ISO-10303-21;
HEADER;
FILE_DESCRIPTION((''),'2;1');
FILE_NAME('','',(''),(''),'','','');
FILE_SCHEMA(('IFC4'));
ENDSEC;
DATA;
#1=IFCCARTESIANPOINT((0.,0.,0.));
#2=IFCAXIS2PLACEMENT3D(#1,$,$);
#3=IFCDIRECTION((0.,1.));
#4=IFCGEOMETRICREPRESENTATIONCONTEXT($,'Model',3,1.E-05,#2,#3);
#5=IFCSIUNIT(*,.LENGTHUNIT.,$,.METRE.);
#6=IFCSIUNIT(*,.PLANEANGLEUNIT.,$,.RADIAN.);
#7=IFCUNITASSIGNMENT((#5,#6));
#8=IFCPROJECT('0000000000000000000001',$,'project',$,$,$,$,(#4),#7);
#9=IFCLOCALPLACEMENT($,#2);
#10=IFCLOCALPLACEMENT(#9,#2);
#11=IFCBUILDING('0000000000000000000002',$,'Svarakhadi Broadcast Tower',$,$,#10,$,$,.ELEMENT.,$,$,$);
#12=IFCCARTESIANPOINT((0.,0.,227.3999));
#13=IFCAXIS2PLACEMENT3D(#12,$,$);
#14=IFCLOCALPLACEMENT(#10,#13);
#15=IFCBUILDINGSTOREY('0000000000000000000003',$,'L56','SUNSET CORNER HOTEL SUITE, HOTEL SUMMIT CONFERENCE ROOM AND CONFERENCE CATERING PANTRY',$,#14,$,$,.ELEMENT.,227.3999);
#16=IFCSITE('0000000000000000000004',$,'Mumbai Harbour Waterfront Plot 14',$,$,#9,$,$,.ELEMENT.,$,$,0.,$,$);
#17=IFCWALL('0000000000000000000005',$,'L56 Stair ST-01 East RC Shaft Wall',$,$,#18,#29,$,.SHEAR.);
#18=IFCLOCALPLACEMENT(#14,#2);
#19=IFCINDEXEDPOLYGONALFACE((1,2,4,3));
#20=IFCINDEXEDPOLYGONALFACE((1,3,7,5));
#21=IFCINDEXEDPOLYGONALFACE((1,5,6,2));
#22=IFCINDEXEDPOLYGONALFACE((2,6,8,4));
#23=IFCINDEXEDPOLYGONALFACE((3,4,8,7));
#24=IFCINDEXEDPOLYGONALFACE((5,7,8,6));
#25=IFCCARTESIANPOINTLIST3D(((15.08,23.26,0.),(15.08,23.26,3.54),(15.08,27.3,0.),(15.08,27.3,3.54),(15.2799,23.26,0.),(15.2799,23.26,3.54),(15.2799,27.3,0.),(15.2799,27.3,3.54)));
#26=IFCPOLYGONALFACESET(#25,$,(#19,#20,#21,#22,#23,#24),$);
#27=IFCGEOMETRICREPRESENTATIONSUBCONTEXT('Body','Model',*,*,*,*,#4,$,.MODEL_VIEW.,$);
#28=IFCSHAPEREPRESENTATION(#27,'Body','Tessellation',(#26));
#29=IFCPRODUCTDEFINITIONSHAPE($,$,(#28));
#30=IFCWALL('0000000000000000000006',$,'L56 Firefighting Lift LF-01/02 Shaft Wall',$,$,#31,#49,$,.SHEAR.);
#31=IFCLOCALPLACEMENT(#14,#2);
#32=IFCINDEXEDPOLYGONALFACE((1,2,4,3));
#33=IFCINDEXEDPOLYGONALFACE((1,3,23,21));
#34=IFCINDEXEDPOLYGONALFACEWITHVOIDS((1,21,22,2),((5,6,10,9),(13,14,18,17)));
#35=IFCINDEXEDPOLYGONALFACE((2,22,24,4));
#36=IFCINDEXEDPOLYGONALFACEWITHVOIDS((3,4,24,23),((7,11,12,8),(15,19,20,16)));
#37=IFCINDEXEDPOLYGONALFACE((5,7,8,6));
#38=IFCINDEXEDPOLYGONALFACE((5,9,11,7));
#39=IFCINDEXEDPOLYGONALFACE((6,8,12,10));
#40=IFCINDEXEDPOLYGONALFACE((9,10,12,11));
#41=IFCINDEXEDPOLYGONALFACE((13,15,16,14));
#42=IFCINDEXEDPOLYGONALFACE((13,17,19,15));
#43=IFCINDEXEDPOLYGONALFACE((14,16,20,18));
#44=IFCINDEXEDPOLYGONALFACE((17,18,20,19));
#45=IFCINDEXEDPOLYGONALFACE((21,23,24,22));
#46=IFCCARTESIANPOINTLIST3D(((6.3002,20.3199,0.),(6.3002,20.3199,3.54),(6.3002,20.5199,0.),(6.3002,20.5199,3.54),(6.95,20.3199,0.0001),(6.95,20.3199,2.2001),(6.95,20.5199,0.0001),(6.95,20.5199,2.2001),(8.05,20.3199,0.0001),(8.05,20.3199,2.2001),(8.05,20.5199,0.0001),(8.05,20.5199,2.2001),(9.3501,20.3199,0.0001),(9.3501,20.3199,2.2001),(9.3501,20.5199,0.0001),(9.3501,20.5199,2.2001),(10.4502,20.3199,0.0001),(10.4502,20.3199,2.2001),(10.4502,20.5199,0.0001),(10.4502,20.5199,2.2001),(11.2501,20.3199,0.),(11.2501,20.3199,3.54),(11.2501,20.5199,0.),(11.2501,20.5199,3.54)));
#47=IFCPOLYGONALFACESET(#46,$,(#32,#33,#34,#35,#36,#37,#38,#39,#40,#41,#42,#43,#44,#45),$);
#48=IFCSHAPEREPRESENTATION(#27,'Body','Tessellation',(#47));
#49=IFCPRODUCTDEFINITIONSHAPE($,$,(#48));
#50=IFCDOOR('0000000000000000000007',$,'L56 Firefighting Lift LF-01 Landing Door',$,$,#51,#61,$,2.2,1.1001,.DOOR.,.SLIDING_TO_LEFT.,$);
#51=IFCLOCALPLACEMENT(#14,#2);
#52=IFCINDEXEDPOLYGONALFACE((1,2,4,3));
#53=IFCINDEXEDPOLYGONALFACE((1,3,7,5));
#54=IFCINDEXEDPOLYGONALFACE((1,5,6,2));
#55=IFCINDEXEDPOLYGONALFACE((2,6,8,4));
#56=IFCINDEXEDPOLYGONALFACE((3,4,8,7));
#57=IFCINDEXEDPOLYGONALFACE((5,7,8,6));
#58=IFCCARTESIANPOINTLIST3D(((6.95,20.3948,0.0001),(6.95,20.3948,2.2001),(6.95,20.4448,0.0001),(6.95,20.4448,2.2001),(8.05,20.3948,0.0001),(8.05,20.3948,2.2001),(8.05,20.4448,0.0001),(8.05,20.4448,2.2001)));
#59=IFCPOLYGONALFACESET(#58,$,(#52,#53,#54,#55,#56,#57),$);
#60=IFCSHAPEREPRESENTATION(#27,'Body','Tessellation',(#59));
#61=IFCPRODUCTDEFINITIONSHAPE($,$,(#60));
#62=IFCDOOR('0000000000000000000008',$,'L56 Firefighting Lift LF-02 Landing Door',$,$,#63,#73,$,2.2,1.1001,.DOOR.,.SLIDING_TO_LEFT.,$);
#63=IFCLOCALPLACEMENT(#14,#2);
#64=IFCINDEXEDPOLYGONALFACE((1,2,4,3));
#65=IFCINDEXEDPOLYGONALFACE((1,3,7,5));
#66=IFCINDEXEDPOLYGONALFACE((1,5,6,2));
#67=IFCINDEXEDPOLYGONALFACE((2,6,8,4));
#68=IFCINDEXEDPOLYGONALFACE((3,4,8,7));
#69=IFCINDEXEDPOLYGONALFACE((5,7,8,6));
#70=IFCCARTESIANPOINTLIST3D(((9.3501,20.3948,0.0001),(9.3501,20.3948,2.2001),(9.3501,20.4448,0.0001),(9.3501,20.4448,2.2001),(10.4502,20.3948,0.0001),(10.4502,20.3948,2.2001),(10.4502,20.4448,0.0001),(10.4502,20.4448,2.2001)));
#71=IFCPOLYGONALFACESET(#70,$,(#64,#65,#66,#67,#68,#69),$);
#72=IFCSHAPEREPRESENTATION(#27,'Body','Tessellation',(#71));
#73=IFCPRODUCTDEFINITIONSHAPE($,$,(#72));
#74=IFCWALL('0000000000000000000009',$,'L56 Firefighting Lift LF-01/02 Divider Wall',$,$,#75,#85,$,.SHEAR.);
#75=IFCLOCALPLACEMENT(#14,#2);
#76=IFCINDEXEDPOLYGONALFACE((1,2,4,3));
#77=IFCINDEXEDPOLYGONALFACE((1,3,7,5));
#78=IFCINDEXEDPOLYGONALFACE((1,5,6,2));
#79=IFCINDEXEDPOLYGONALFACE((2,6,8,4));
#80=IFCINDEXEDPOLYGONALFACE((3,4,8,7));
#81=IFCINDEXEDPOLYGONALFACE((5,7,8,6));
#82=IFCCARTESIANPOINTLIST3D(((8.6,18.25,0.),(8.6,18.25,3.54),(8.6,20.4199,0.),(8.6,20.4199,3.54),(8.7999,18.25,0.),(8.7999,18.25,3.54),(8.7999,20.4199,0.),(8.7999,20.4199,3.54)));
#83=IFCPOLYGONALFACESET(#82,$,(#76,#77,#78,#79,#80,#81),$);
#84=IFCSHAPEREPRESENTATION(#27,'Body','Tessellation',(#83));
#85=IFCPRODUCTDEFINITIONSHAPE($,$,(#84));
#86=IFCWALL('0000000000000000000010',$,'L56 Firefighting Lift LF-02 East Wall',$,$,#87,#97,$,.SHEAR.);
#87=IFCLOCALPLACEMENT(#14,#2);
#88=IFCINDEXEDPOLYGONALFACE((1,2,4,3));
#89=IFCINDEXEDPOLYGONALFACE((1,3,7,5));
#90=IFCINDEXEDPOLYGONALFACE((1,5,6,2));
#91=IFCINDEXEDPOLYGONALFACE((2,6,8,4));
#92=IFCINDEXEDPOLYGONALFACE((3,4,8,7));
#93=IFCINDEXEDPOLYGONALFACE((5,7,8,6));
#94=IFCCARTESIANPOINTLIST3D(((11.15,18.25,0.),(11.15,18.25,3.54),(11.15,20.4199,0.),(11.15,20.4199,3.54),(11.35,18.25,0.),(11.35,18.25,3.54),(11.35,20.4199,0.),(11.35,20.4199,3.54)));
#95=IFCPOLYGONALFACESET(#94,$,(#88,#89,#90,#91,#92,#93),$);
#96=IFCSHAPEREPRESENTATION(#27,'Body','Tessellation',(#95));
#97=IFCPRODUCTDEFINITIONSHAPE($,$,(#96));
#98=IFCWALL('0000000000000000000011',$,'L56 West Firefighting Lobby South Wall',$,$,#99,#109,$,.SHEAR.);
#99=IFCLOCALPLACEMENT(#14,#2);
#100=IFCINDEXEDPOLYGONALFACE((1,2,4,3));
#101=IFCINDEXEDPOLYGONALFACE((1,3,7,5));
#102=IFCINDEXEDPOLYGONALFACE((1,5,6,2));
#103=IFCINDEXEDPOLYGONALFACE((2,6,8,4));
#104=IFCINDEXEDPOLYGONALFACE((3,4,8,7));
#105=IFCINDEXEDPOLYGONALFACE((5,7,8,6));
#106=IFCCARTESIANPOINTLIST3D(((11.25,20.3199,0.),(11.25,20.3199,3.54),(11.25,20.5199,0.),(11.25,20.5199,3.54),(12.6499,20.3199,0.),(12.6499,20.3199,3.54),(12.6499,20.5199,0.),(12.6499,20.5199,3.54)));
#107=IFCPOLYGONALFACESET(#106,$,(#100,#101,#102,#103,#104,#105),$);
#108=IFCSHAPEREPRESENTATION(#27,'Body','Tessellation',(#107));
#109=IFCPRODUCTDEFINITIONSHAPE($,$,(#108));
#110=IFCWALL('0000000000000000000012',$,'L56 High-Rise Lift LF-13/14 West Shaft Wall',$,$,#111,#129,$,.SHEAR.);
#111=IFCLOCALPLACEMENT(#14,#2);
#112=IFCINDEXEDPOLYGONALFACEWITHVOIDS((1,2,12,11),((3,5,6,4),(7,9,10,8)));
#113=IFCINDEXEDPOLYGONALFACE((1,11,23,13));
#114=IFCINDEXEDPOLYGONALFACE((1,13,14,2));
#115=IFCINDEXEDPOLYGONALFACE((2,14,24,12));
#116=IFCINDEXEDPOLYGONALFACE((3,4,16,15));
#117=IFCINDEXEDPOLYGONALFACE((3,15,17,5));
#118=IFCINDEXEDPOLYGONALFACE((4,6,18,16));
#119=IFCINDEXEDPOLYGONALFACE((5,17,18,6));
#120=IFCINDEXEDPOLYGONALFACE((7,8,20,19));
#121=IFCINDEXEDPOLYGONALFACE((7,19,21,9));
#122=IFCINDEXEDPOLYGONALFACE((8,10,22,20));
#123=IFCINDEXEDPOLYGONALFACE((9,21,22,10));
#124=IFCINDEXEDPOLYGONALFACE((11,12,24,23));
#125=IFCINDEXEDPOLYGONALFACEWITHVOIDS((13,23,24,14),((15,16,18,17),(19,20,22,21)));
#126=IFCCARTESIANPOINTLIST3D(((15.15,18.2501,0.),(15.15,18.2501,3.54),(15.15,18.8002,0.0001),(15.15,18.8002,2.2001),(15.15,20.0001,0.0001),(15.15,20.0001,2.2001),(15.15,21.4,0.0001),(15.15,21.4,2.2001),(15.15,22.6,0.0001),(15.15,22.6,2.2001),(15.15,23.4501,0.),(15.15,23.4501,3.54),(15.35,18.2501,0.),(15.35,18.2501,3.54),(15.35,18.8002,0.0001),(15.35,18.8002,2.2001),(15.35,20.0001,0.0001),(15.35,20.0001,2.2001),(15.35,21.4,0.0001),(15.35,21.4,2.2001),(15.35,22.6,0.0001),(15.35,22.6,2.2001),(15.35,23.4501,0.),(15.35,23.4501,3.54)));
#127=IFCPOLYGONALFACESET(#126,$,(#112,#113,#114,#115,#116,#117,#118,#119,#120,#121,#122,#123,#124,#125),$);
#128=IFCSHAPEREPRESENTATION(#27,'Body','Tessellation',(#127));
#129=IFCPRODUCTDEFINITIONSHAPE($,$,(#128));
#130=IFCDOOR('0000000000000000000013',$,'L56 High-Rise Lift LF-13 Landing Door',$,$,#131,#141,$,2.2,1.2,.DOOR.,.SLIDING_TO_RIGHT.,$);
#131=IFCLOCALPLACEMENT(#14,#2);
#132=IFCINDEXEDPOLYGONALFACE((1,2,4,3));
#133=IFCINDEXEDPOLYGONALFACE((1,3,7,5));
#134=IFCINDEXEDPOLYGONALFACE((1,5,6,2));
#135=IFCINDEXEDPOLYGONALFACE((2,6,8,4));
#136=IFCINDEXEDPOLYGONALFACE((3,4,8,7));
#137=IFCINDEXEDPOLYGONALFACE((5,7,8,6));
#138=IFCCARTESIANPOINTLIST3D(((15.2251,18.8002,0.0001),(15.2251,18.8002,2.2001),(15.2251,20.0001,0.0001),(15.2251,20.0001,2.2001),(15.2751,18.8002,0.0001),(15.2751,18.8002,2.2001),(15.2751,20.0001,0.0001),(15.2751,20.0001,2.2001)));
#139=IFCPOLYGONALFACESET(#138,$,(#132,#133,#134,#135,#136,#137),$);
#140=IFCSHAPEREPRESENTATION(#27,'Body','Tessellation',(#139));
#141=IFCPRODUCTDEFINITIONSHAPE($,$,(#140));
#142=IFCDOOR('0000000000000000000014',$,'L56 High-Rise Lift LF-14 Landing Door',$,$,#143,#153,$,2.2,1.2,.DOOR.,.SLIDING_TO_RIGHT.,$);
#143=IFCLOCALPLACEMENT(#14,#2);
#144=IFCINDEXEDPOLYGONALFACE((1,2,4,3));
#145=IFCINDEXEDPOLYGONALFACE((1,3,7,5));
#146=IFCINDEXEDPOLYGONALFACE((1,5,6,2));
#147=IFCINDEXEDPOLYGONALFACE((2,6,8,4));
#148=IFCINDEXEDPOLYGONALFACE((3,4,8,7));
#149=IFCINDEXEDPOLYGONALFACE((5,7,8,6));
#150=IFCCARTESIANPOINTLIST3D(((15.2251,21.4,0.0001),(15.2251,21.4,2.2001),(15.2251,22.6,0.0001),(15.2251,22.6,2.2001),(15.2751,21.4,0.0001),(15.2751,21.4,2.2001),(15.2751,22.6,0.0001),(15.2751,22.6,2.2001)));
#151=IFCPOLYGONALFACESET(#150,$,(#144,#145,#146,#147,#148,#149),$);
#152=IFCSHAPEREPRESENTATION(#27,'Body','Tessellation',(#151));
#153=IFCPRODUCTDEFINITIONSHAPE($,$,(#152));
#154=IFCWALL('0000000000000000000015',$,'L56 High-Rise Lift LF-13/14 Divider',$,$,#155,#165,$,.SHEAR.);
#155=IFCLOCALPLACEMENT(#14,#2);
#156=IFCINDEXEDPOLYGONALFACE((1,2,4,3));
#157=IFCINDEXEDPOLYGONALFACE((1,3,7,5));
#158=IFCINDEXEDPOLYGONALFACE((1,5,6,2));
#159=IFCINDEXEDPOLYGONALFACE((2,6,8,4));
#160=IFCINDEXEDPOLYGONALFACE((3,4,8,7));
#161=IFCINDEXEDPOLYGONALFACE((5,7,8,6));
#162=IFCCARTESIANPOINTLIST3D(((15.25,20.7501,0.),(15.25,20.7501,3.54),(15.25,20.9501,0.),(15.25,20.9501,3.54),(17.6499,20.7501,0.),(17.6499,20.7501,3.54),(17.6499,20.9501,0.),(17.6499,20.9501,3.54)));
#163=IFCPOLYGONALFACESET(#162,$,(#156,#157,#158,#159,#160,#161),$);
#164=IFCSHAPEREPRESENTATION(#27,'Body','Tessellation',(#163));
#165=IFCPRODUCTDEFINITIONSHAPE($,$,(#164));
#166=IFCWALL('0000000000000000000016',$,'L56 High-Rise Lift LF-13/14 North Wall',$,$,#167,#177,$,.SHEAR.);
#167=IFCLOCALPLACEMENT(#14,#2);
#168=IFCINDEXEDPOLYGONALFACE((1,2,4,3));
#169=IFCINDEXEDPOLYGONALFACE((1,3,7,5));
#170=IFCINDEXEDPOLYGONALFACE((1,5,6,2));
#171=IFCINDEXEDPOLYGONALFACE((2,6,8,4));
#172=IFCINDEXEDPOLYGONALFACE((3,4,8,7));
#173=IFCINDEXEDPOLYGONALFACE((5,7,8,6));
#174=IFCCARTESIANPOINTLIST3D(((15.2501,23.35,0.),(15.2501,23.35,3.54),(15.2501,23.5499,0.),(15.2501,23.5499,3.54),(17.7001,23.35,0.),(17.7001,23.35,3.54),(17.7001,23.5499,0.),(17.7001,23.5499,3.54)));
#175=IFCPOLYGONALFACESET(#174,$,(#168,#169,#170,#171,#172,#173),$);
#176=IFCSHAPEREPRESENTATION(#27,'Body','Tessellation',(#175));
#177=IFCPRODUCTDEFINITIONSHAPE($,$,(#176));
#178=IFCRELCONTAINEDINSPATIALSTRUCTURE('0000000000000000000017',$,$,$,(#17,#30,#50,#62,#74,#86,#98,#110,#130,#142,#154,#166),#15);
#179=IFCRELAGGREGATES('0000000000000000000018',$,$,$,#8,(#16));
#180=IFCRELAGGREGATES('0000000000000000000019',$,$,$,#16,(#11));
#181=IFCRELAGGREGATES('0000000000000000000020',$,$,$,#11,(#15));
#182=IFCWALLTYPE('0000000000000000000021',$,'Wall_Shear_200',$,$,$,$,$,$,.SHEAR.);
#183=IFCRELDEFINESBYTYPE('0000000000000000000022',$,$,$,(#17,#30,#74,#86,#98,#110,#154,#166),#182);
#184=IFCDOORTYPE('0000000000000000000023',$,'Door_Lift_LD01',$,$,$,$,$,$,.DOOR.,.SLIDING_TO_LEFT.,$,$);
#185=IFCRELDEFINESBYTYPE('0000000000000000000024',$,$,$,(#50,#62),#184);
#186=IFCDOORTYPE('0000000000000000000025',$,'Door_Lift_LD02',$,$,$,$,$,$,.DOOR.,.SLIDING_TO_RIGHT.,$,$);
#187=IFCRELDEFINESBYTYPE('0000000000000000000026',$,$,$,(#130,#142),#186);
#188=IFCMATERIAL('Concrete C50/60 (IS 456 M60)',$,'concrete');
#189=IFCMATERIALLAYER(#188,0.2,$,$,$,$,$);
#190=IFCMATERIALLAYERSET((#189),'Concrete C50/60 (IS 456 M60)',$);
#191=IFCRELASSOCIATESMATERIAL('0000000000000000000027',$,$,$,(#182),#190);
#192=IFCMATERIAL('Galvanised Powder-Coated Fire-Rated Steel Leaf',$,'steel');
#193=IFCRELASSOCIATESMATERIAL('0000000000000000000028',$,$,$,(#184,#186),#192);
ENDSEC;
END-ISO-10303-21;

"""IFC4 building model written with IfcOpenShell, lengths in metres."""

from ifc_helpers import new_model, si_unit, direction, frame, frame_2d, origin, place, context, subcontext, project, spatial, rectangle, extrude, material, layer, layer_set, type_object, element, fill, save


model = new_model("IFC4")

# Units and contexts
model_context = context("Model", 3, precision=1e-05, world=origin(), true_north=direction((0.0, 1.0)))
body_context = subcontext(model_context, "Body", "Model", "MODEL_VIEW")
ifc_project = project(units=[si_unit("LENGTHUNIT", "METRE"), si_unit("PLANEANGLEUNIT", "RADIAN")], contexts=[model_context])

# Site, building, storey
site_placement = place(None, origin())
site = spatial("IfcSite", under=ifc_project, at=site_placement, Name="Mumbai Harbour Waterfront Plot 14", CompositionType="ELEMENT", RefElevation=0.0)
building_placement = place(site_placement, origin())
building = spatial("IfcBuilding", under=site, at=building_placement, Name="Svarakhadi Broadcast Tower", CompositionType="ELEMENT")
storey_placement = place(building_placement, frame((0.0, 0.0, 227.3999)))
storey = spatial("IfcBuildingStorey", under=building, at=storey_placement, Name="L56", Description="SUNSET CORNER HOTEL SUITE, HOTEL SUMMIT CONFERENCE ROOM AND CONFERENCE CATERING PANTRY", CompositionType="ELEMENT", Elevation=227.3999)

# Shared definitions
ifc_material_1 = material(Name="Concrete C50/60 (IS 456 M60)", Category="concrete")

# Shared definitions
ifc_layer_1 = layer(ifc_material_1, 0.2)
ifc_layer_set_1 = layer_set([ifc_layer_1], Name="Concrete C50/60 (IS 456 M60)")
wall_type_1 = type_object("IfcWallType", Name="Wall_Shear_200", PredefinedType="SHEAR", material=ifc_layer_set_1)
ifc_material_2 = material(Name="Galvanised Powder-Coated Fire-Rated Steel Leaf", Category="steel")

# Wall
wall_1_placement = place(storey_placement, frame((15.1799, 23.26, 0.0), z_axis=(0.0, 0.0, 1.0), x_axis=(0.0, 1.0, 0.0)))
element("IfcWall", 1, at=wall_1_placement, inside=storey, type_object=wall_type_1, Name="L56 Stair ST-01 East RC Shaft Wall", PredefinedType="SHEAR", context=body_context, shape_type="SweptSolid", body=[
    extrude(rectangle(XDim=4.04, YDim=0.2, at=frame_2d((2.02, 0.0))), origin(), (0.0, 0.0, 1.0), 3.54),
])

# Wall, openings, doors
wall_2_placement = place(storey_placement, frame((6.3, 20.4199, 0.0), z_axis=(0.0, 0.0, 1.0), x_axis=(1.0, 0.0, 0.0)))
wall_2 = element("IfcWall", 2, at=wall_2_placement, inside=storey, type_object=wall_type_1, Name="L56 Firefighting Lift LF-01/02 Shaft Wall", PredefinedType="SHEAR", context=body_context, shape_type="SweptSolid", body=[
    extrude(rectangle(XDim=4.95, YDim=0.2, at=frame_2d((2.4751, 0.0))), origin(), (0.0, 0.0, 1.0), 3.54),
])
opening_1_placement = place(wall_2_placement, frame((0.6499, 0.0, 0.0)))
opening_1 = element("IfcOpeningElement", 3, at=opening_1_placement, cuts=wall_2, PredefinedType="OPENING", context=body_context, shape_type="SweptSolid", body=[
    extrude(rectangle(XDim=1.1001, YDim=2.2, at=frame_2d((0.55, 1.1001))), frame((0.0, 0.1099, 0.0), z_axis=(0.0, -1.0, 0.0), x_axis=(1.0, 0.0, 0.0)), (0.0, 0.0, 1.0), 0.22),
])
opening_2_placement = place(wall_2_placement, frame((3.05, 0.0, 0.0)))
opening_2 = element("IfcOpeningElement", 4, at=opening_2_placement, cuts=wall_2, PredefinedType="OPENING", context=body_context, shape_type="SweptSolid", body=[
    extrude(rectangle(XDim=1.1001, YDim=2.2, at=frame_2d((0.55, 1.1001))), frame((0.0, 0.1099, 0.0), z_axis=(0.0, -1.0, 0.0), x_axis=(1.0, 0.0, 0.0)), (0.0, 0.0, 1.0), 0.22),
])
door_type_1 = type_object("IfcDoorType", Name="Door_Lift_LD01", OperationType="SLIDING_TO_LEFT", PredefinedType="DOOR", material=ifc_material_2)
door_1_placement = place(opening_1_placement, origin())
door_1 = element("IfcDoor", 5, at=door_1_placement, inside=storey, type_object=door_type_1, Name="L56 Firefighting Lift LF-01 Landing Door", OperationType="SLIDING_TO_LEFT", OverallHeight=2.2, OverallWidth=1.1001, PredefinedType="DOOR", context=body_context, shape_type="SweptSolid", body=[
    extrude(rectangle(XDim=1.1001, YDim=2.2, at=frame_2d((0.55, 1.1001))), frame((0.0, 0.0249, 0.0), z_axis=(0.0, -1.0, 0.0), x_axis=(1.0, 0.0, 0.0)), (0.0, 0.0, 1.0), 0.05),
])
fill(opening_1, door_1)
door_2_placement = place(opening_2_placement, origin())
door_2 = element("IfcDoor", 6, at=door_2_placement, inside=storey, type_object=door_type_1, Name="L56 Firefighting Lift LF-02 Landing Door", OperationType="SLIDING_TO_LEFT", OverallHeight=2.2, OverallWidth=1.1001, PredefinedType="DOOR", context=body_context, shape_type="SweptSolid", body=[
    extrude(rectangle(XDim=1.1001, YDim=2.2, at=frame_2d((0.55, 1.1001))), frame((0.0, 0.0249, 0.0), z_axis=(0.0, -1.0, 0.0), x_axis=(1.0, 0.0, 0.0)), (0.0, 0.0, 1.0), 0.05),
])
fill(opening_2, door_2)

# Walls
for number, where, z_axis, x_axis, name in (
    (7, (8.7, 18.25, 0.0), (0.0, 0.0, 1.0), (0.0, 1.0, 0.0), "L56 Firefighting Lift LF-01/02 Divider Wall"),
    (8, (11.25, 18.25, 0.0), (0.0, 0.0, 1.0), (0.0, 1.0, 0.0), "L56 Firefighting Lift LF-02 East Wall"),
):
    element("IfcWall", number, at=place(storey_placement, frame(where, z_axis=z_axis, x_axis=x_axis)), inside=storey, type_object=wall_type_1, Name=name, PredefinedType="SHEAR", context=body_context, shape_type="SweptSolid", body=[
        extrude(rectangle(XDim=2.1699, YDim=0.2, at=frame_2d((1.085, 0.0))), origin(), (0.0, 0.0, 1.0), 3.54),
    ])
wall_3_placement = place(storey_placement, frame((11.25, 20.4199, 0.0), z_axis=(0.0, 0.0, 1.0), x_axis=(1.0, 0.0, 0.0)))
element("IfcWall", 9, at=wall_3_placement, inside=storey, type_object=wall_type_1, Name="L56 West Firefighting Lobby South Wall", PredefinedType="SHEAR", context=body_context, shape_type="SweptSolid", body=[
    extrude(rectangle(XDim=1.3999, YDim=0.2, at=frame_2d((0.7, 0.0))), origin(), (0.0, 0.0, 1.0), 3.54),
])

# Wall, openings, doors
wall_4_placement = place(storey_placement, frame((15.25, 18.25, 0.0), z_axis=(0.0, 0.0, 1.0), x_axis=(0.0, 1.0, 0.0)))
wall_4 = element("IfcWall", 10, at=wall_4_placement, inside=storey, type_object=wall_type_1, Name="L56 High-Rise Lift LF-13/14 West Shaft Wall", PredefinedType="SHEAR", context=body_context, shape_type="SweptSolid", body=[
    extrude(rectangle(XDim=5.2, YDim=0.2, at=frame_2d((2.6001, 0.0))), origin(), (0.0, 0.0, 1.0), 3.54),
])
opening_3_placement = place(wall_4_placement, frame((0.55, 0.0, 0.0)))
opening_3 = element("IfcOpeningElement", 11, at=opening_3_placement, cuts=wall_4, PredefinedType="OPENING", context=body_context, shape_type="SweptSolid", body=[
    extrude(rectangle(XDim=1.2, YDim=2.2, at=frame_2d((0.6001, 1.1001))), frame((0.0, 0.1099, 0.0), z_axis=(0.0, -1.0, 0.0), x_axis=(1.0, 0.0, 0.0)), (0.0, 0.0, 1.0), 0.22),
])
opening_4_placement = place(wall_4_placement, frame((3.1499, 0.0, 0.0)))
opening_4 = element("IfcOpeningElement", 12, at=opening_4_placement, cuts=wall_4, PredefinedType="OPENING", context=body_context, shape_type="SweptSolid", body=[
    extrude(rectangle(XDim=1.2, YDim=2.2, at=frame_2d((0.6001, 1.1001))), frame((0.0, 0.1099, 0.0), z_axis=(0.0, -1.0, 0.0), x_axis=(1.0, 0.0, 0.0)), (0.0, 0.0, 1.0), 0.22),
])
door_type_2 = type_object("IfcDoorType", Name="Door_Lift_LD02", OperationType="SLIDING_TO_RIGHT", PredefinedType="DOOR", material=ifc_material_2)
door_3_placement = place(opening_3_placement, origin())
door_3 = element("IfcDoor", 13, at=door_3_placement, inside=storey, type_object=door_type_2, Name="L56 High-Rise Lift LF-13 Landing Door", OperationType="SLIDING_TO_RIGHT", OverallHeight=2.2, OverallWidth=1.2, PredefinedType="DOOR", context=body_context, shape_type="SweptSolid", body=[
    extrude(rectangle(XDim=1.2, YDim=2.2, at=frame_2d((0.6001, 1.1001))), frame((0.0, 0.0249, 0.0), z_axis=(0.0, -1.0, 0.0), x_axis=(1.0, 0.0, 0.0)), (0.0, 0.0, 1.0), 0.05),
])
fill(opening_3, door_3)
door_4_placement = place(opening_4_placement, origin())
door_4 = element("IfcDoor", 14, at=door_4_placement, inside=storey, type_object=door_type_2, Name="L56 High-Rise Lift LF-14 Landing Door", OperationType="SLIDING_TO_RIGHT", OverallHeight=2.2, OverallWidth=1.2, PredefinedType="DOOR", context=body_context, shape_type="SweptSolid", body=[
    extrude(rectangle(XDim=1.2, YDim=2.2, at=frame_2d((0.6001, 1.1001))), frame((0.0, 0.0249, 0.0), z_axis=(0.0, -1.0, 0.0), x_axis=(1.0, 0.0, 0.0)), (0.0, 0.0, 1.0), 0.05),
])
fill(opening_4, door_4)

# Walls
wall_5_placement = place(storey_placement, frame((15.25, 20.8501, 0.0), z_axis=(0.0, 0.0, 1.0), x_axis=(1.0, 0.0, 0.0)))
element("IfcWall", 15, at=wall_5_placement, inside=storey, type_object=wall_type_1, Name="L56 High-Rise Lift LF-13/14 Divider", PredefinedType="SHEAR", context=body_context, shape_type="SweptSolid", body=[
    extrude(rectangle(XDim=2.3999, YDim=0.2, at=frame_2d((1.2, 0.0))), origin(), (0.0, 0.0, 1.0), 3.54),
])
wall_6_placement = place(storey_placement, frame((15.25, 23.45, 0.0), z_axis=(0.0, 0.0, 1.0), x_axis=(1.0, 0.0, 0.0)))
element("IfcWall", 16, at=wall_6_placement, inside=storey, type_object=wall_type_1, Name="L56 High-Rise Lift LF-13/14 North Wall", PredefinedType="SHEAR", context=body_context, shape_type="SweptSolid", body=[
    extrude(rectangle(XDim=2.45, YDim=0.2, at=frame_2d((1.2251, 0.0))), origin(), (0.0, 0.0, 1.0), 3.54),
])

save(model, "model.ifc")
